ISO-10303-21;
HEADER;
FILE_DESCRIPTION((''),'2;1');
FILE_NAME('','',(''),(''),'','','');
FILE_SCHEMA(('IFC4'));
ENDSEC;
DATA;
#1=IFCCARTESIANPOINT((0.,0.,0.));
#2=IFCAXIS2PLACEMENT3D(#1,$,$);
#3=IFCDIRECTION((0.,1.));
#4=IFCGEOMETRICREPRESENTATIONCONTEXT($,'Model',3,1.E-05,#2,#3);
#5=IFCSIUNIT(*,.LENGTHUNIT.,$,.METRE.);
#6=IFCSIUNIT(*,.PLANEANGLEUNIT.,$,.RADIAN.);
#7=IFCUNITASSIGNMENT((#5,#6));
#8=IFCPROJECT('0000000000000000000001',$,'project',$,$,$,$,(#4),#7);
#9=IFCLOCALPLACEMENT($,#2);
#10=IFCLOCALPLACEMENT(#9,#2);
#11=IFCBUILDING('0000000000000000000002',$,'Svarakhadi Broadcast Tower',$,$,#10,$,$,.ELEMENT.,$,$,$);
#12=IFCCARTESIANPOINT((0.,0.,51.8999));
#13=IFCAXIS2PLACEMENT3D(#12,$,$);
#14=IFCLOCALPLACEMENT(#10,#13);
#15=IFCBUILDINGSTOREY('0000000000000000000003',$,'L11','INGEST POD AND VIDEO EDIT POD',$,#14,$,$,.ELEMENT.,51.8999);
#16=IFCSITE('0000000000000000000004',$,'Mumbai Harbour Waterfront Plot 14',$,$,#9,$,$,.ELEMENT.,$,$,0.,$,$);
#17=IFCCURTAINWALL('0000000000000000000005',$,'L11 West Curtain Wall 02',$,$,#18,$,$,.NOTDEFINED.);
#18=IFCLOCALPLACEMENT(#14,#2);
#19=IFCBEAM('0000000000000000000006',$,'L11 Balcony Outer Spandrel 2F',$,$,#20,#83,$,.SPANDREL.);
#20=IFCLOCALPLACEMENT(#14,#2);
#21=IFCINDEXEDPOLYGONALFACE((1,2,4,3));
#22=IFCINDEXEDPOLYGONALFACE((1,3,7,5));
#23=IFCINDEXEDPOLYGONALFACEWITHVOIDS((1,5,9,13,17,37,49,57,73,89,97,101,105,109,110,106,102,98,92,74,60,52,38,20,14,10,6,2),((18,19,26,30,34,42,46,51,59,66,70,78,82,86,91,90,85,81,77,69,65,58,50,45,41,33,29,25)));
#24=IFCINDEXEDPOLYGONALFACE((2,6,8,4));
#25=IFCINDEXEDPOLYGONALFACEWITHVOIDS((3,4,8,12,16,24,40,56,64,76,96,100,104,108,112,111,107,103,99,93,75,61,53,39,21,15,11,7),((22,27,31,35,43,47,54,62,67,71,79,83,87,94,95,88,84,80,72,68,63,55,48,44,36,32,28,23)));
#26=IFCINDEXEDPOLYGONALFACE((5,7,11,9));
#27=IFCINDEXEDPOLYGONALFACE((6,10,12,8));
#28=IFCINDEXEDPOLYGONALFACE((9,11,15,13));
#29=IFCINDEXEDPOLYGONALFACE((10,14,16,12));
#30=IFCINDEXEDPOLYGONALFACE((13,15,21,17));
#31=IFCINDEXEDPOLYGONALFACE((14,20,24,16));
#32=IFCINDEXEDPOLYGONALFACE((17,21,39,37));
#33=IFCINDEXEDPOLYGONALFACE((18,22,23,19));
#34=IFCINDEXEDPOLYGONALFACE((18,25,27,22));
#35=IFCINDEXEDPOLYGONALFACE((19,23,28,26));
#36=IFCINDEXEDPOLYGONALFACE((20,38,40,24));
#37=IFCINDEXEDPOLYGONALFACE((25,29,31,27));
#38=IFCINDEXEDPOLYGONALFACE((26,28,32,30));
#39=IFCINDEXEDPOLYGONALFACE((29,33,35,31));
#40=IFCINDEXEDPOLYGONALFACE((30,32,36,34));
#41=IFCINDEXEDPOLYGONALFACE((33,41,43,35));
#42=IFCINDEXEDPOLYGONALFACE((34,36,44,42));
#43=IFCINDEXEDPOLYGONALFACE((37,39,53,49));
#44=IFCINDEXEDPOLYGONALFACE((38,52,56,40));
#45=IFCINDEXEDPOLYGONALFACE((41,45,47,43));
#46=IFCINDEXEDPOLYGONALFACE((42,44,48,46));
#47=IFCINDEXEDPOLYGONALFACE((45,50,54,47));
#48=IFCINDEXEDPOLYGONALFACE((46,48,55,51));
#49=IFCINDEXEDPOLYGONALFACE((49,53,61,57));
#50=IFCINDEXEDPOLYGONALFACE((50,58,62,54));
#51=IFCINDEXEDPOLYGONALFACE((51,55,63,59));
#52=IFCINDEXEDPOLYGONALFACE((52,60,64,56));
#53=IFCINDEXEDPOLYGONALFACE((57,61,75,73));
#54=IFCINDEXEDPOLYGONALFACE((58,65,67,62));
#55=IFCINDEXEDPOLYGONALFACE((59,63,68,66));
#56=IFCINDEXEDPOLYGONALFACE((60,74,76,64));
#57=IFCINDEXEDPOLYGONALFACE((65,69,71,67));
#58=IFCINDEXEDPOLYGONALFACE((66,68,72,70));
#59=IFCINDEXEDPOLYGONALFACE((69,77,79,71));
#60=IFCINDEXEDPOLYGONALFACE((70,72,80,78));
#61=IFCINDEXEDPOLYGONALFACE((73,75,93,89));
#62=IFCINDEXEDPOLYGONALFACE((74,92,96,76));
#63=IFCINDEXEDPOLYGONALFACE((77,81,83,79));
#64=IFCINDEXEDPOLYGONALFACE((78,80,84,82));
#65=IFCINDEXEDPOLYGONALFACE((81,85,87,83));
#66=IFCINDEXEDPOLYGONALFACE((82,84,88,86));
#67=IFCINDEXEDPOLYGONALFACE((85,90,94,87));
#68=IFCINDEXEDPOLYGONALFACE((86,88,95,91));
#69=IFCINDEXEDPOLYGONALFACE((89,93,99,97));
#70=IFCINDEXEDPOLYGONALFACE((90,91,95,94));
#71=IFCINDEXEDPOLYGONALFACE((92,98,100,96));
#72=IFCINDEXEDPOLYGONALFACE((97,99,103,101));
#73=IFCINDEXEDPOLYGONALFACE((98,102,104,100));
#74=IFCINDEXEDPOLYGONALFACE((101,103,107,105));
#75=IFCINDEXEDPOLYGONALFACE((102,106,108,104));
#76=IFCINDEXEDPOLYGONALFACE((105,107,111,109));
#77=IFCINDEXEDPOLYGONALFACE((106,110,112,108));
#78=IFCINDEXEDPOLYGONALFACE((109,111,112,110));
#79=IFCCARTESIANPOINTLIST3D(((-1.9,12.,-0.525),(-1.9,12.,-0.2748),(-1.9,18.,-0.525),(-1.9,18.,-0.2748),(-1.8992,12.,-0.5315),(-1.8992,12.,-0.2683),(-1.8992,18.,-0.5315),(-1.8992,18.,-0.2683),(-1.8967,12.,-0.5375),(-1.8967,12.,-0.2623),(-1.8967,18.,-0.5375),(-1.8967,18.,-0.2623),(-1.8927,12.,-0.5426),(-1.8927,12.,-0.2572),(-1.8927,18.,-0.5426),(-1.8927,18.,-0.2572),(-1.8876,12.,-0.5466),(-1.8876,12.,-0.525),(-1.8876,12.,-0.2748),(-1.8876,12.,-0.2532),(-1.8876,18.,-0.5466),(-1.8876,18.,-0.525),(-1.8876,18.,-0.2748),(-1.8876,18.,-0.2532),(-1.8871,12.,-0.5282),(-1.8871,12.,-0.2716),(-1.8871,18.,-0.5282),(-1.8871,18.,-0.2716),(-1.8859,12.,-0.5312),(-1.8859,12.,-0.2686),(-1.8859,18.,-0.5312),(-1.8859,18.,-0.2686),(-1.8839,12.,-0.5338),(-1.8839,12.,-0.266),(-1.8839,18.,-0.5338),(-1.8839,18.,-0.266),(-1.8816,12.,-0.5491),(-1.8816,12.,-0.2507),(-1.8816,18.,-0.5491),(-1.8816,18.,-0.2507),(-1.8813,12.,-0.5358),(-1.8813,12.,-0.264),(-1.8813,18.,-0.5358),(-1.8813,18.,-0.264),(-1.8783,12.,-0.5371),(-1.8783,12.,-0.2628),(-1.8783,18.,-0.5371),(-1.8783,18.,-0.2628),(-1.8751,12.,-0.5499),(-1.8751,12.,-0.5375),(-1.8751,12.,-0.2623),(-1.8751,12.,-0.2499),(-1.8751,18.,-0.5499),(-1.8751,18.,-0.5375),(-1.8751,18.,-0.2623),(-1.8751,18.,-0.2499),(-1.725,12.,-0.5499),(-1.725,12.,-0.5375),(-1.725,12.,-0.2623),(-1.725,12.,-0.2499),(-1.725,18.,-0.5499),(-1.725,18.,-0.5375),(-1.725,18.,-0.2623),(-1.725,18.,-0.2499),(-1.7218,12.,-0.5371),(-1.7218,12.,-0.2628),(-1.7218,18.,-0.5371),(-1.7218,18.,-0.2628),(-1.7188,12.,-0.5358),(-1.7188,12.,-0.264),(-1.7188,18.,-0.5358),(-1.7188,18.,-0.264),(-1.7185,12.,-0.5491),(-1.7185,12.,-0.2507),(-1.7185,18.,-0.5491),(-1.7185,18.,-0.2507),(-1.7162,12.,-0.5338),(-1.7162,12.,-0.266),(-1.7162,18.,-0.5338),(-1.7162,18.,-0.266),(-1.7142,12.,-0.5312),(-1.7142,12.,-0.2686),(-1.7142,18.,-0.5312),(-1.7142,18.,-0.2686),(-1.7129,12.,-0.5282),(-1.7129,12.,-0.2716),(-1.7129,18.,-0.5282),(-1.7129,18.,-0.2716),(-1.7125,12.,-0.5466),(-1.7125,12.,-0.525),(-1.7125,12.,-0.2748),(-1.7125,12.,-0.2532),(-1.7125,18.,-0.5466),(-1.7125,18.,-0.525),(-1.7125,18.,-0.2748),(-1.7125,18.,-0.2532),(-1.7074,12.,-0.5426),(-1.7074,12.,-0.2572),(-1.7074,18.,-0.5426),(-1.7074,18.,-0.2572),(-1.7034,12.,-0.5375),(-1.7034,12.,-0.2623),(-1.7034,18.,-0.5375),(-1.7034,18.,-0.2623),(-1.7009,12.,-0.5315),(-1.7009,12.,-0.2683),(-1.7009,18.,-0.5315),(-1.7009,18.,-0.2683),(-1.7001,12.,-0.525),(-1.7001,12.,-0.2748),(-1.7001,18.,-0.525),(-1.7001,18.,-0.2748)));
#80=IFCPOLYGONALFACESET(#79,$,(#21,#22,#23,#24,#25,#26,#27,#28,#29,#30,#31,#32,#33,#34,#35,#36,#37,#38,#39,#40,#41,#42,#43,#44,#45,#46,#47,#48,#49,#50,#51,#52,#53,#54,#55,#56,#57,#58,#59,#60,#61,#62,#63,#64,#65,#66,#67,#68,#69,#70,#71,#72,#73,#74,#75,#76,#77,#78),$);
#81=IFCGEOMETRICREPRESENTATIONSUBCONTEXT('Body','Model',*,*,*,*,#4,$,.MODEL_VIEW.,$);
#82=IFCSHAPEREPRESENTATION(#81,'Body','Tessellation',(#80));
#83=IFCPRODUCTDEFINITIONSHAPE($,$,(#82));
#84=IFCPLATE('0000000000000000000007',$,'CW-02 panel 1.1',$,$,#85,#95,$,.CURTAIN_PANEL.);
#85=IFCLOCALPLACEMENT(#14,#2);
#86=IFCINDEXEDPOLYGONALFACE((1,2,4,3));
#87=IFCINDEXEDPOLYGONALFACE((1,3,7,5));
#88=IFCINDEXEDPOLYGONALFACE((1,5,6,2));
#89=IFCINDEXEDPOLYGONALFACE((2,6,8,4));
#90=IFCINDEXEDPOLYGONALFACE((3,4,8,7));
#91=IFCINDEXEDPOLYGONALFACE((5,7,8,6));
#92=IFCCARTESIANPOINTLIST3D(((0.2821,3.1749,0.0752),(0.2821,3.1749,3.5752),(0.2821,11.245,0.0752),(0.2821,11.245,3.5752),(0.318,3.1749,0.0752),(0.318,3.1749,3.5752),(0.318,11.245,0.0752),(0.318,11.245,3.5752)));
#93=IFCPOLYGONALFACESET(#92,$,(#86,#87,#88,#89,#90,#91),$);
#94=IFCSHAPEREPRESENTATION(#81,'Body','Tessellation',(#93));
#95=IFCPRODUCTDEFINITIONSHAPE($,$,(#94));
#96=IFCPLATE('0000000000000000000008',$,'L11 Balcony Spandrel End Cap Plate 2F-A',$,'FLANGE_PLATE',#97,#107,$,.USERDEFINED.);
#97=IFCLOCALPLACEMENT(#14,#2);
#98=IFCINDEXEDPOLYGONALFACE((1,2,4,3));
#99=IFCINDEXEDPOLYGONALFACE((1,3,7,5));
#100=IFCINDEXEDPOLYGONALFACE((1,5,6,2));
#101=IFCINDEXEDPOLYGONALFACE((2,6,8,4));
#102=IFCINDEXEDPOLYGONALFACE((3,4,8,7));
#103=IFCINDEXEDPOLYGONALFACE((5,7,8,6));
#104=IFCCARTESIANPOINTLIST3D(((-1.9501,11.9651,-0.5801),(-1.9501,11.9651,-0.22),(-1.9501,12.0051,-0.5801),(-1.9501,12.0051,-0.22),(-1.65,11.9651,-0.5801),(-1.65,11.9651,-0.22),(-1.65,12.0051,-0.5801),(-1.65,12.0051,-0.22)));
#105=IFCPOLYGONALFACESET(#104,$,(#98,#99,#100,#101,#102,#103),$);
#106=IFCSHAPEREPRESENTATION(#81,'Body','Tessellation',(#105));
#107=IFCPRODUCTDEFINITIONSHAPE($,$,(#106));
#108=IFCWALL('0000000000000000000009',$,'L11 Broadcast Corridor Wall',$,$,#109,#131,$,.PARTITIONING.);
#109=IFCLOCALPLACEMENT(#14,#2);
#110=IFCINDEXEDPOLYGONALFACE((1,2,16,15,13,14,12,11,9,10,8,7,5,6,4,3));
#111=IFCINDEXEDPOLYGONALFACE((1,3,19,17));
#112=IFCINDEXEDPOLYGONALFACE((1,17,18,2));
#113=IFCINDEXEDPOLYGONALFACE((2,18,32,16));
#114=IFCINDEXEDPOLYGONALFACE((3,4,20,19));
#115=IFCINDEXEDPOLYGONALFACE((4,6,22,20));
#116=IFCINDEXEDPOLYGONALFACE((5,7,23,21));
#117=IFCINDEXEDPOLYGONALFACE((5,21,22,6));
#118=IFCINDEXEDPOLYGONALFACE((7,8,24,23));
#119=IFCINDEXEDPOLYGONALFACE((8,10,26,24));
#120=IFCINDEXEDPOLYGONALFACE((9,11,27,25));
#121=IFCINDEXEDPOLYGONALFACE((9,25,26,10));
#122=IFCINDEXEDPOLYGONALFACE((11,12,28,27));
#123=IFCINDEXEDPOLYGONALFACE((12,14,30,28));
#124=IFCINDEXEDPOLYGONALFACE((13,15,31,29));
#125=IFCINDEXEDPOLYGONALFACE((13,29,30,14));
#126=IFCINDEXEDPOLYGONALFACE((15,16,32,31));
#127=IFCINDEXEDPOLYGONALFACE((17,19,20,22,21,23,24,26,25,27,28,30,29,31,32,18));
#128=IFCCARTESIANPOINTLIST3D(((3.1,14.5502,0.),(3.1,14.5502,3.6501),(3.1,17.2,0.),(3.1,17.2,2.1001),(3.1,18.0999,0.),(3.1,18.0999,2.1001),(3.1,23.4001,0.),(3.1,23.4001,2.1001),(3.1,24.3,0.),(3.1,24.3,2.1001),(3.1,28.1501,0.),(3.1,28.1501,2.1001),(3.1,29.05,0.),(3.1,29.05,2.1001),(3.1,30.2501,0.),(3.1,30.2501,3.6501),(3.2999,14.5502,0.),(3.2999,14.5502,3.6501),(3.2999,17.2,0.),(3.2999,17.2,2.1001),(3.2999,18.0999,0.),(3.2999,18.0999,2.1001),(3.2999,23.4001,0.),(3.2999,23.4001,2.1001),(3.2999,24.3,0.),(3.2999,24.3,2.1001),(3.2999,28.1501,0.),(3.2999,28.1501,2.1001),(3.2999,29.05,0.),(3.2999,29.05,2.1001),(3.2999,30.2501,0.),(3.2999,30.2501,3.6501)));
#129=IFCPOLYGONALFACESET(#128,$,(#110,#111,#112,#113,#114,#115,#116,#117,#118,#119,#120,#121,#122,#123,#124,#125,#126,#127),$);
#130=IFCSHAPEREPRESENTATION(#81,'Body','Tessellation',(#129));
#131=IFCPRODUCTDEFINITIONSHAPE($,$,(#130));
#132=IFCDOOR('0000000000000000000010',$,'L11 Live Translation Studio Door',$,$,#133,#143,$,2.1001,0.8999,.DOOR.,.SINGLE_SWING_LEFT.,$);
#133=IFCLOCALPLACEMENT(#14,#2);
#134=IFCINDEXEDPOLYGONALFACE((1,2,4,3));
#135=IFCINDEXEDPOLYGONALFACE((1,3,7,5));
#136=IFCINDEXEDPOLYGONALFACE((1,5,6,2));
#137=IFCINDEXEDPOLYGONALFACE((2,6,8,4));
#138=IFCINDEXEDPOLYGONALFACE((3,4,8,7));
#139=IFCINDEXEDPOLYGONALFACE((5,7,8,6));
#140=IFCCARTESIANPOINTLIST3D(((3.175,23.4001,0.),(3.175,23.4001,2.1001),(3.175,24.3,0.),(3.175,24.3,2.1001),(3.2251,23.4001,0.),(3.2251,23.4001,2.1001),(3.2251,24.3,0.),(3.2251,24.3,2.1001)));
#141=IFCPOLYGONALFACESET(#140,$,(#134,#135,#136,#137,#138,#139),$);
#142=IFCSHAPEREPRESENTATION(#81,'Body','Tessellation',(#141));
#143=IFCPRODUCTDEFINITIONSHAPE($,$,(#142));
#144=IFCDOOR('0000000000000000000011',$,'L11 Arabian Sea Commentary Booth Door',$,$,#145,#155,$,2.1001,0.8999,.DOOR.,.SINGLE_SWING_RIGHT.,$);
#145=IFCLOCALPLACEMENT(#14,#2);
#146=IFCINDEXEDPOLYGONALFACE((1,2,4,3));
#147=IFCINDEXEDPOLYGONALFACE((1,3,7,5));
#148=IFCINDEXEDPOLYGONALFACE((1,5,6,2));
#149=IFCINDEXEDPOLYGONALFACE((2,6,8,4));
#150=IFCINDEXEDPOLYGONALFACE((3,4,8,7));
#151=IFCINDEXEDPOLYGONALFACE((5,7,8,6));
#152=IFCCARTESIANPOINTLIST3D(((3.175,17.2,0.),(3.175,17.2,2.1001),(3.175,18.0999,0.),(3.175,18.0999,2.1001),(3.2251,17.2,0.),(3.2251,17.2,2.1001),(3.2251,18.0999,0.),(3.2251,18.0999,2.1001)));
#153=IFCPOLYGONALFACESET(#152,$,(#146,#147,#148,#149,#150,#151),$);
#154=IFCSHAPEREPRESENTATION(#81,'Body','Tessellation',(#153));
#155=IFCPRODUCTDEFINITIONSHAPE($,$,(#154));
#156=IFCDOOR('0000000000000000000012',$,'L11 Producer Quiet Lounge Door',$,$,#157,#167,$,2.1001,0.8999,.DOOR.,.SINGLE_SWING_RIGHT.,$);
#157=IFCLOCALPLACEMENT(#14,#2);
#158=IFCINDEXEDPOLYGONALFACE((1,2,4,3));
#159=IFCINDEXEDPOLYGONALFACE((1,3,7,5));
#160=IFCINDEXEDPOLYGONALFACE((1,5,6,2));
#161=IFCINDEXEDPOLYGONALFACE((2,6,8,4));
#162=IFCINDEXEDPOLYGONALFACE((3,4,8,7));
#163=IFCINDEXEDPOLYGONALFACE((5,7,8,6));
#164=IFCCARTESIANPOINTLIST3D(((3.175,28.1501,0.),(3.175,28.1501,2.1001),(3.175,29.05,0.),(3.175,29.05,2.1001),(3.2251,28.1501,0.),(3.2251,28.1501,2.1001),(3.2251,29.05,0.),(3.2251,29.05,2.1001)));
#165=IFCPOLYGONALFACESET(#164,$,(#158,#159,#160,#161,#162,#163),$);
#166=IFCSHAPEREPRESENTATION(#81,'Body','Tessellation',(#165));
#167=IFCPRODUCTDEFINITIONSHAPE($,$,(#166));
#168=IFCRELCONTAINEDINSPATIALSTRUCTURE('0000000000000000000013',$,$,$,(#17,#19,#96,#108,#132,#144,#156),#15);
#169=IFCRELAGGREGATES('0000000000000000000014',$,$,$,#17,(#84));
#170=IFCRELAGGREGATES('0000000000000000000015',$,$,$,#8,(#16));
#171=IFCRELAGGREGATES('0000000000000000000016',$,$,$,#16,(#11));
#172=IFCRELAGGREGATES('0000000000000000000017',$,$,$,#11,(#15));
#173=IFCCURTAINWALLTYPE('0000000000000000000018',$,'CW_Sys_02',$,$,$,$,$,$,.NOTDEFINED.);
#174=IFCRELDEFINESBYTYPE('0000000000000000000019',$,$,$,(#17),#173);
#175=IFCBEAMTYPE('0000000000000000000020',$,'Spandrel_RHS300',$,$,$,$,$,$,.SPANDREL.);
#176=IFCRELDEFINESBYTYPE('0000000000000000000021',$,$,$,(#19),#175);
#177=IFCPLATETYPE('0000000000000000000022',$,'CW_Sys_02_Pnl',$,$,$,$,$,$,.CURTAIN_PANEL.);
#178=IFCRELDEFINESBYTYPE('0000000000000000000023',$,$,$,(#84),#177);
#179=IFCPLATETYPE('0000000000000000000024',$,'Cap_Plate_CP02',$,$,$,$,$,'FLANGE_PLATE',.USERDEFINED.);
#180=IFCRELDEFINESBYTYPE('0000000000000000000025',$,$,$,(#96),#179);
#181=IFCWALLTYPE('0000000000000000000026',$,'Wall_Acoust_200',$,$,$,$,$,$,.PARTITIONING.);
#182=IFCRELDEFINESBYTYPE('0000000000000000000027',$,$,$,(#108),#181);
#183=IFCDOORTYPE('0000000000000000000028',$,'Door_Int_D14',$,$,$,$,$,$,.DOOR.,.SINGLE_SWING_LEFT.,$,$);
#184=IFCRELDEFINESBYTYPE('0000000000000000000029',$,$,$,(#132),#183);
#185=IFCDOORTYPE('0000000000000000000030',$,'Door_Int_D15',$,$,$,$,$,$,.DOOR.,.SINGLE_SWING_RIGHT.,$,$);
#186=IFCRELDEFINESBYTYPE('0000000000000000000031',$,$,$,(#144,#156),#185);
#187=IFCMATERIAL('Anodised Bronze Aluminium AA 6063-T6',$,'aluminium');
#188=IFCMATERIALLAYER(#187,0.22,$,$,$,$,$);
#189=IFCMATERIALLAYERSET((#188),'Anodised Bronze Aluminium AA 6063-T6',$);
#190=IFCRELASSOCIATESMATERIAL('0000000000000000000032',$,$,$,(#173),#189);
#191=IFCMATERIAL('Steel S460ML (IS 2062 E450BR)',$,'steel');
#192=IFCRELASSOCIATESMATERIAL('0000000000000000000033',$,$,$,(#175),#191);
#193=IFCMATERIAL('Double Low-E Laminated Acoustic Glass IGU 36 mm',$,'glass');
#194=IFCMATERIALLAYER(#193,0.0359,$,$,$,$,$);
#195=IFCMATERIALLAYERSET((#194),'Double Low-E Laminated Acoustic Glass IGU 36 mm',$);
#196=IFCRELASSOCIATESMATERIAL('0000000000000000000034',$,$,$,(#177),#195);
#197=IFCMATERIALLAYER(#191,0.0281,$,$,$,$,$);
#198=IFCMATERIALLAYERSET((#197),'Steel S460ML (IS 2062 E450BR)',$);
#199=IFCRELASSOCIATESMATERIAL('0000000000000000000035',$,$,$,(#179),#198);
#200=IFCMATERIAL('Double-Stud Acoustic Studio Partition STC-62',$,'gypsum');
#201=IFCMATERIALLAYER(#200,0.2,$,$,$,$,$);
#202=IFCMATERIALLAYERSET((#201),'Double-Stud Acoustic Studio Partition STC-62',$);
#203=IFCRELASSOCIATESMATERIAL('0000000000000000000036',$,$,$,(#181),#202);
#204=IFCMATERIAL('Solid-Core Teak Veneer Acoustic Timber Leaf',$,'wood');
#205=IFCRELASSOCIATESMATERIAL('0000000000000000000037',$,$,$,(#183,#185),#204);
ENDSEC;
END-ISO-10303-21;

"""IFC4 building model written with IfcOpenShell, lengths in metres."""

from ifc_helpers import new_model, si_unit, direction, frame, frame_2d, origin, origin_2d, place, context, subcontext, project, spatial, rectangle, hollow_rectangle, extrude, material, layer, layer_set, material_profile, profile_set, type_object, element, fill, aggregate, save


model = new_model("IFC4")

# Units and contexts
model_context = context("Model", 3, precision=1e-05, world=origin(), true_north=direction((0.0, 1.0)))
body_context = subcontext(model_context, "Body", "Model", "MODEL_VIEW")
ifc_project = project(units=[si_unit("LENGTHUNIT", "METRE"), si_unit("PLANEANGLEUNIT", "RADIAN")], contexts=[model_context])

# Site, building, storey
site_placement = place(None, origin())
site = spatial("IfcSite", under=ifc_project, at=site_placement, Name="Mumbai Harbour Waterfront Plot 14", CompositionType="ELEMENT", RefElevation=0.0)
building_placement = place(site_placement, origin())
building = spatial("IfcBuilding", under=site, at=building_placement, Name="Svarakhadi Broadcast Tower", CompositionType="ELEMENT")
storey_placement = place(building_placement, frame((0.0, 0.0, 51.8999)))
storey = spatial("IfcBuildingStorey", under=building, at=storey_placement, Name="L11", Description="INGEST POD AND VIDEO EDIT POD", CompositionType="ELEMENT", Elevation=51.8999)

# Shared definitions
ifc_material_1 = material(Name="Steel S460ML (IS 2062 E450BR)", Category="steel")

# Curtain wall
ifc_material_2 = material(Name="Anodised Bronze Aluminium AA 6063-T6", Category="aluminium")
ifc_layer_1 = layer(ifc_material_2, 0.22)
ifc_layer_set_1 = layer_set([ifc_layer_1], Name="Anodised Bronze Aluminium AA 6063-T6")
curtain_wall_type = type_object("IfcCurtainWallType", Name="CW_Sys_02", PredefinedType="NOTDEFINED", material=ifc_layer_set_1)
curtain_wall_placement = place(storey_placement, origin())
curtain_wall = element("IfcCurtainWall", 1, at=curtain_wall_placement, inside=storey, type_object=curtain_wall_type, Name="L11 West Curtain Wall 02", PredefinedType="NOTDEFINED")

# Beam
ifc_material_profile_1 = material_profile(ifc_material_1, hollow_rectangle(XDim=0.2, YDim=0.3, WallThickness=0.0125, InnerFilletRadius=0.0125, OuterFilletRadius=0.0249, at=origin_2d()), Name="RHS 300x200x12.5")
ifc_profile_set_1 = profile_set([ifc_material_profile_1], Name="Steel S460ML (IS 2062 E450BR)")
beam_type_1 = type_object("IfcBeamType", Name="Spandrel_RHS300", PredefinedType="SPANDREL", material=ifc_profile_set_1)
beam_1_placement = place(storey_placement, frame((-1.8, 12.0, -0.3999), z_axis=(0.0, 1.0, 0.0), x_axis=(-1.0, 0.0, 0.0)))
element("IfcBeam", 2, at=beam_1_placement, inside=storey, type_object=beam_type_1, Name="L11 Balcony Outer Spandrel 2F", PredefinedType="SPANDREL", context=body_context, shape_type="SweptSolid", body=[
    extrude(hollow_rectangle(XDim=0.2, YDim=0.3, WallThickness=0.0125, InnerFilletRadius=0.0125, OuterFilletRadius=0.0249, at=origin_2d()), origin(), (0.0, 0.0, 1.0), 6.0),
])

# Plates
ifc_material_3 = material(Name="Double Low-E Laminated Acoustic Glass IGU 36 mm", Category="glass")
ifc_layer_2 = layer(ifc_material_3, 0.0359)
ifc_layer_set_2 = layer_set([ifc_layer_2], Name="Double Low-E Laminated Acoustic Glass IGU 36 mm")
plate_type_1 = type_object("IfcPlateType", Name="CW_Sys_02_Pnl", PredefinedType="CURTAIN_PANEL", material=ifc_layer_set_2)
plate_1_placement = place(storey_placement, frame((0.3, 7.21, 0.0752), z_axis=(0.0, 0.0, 1.0), x_axis=(0.0, 1.0, 0.0)))
plate_1 = element("IfcPlate", 3, at=plate_1_placement, type_object=plate_type_1, Name="CW-02 panel 1.1", PredefinedType="CURTAIN_PANEL", context=body_context, shape_type="SweptSolid", body=[
    extrude(rectangle(XDim=8.0701, YDim=0.0359, at=origin_2d()), origin(), (0.0, 0.0, 1.0), 3.5),
])
aggregate(curtain_wall, [plate_1])
ifc_layer_3 = layer(ifc_material_1, 0.0281)
ifc_layer_set_3 = layer_set([ifc_layer_3], Name="Steel S460ML (IS 2062 E450BR)")
plate_type_2 = type_object("IfcPlateType", Name="Cap_Plate_CP02", ElementType="FLANGE_PLATE", PredefinedType="USERDEFINED", material=ifc_layer_set_3)
plate_2_placement = place(storey_placement, frame((-1.8, 11.9851, -0.5801), z_axis=(0.0, 0.0, 1.0), x_axis=(1.0, 0.0, 0.0)))
element("IfcPlate", 4, at=plate_2_placement, inside=storey, type_object=plate_type_2, Name="L11 Balcony Spandrel End Cap Plate 2F-A", ObjectType="FLANGE_PLATE", PredefinedType="USERDEFINED", context=body_context, shape_type="SweptSolid", body=[
    extrude(rectangle(XDim=0.3, YDim=0.04, at=origin_2d()), origin(), (0.0, 0.0, 1.0), 0.3601),
])

# Wall, openings, doors
ifc_material_4 = material(Name="Double-Stud Acoustic Studio Partition STC-62", Category="gypsum")
ifc_layer_4 = layer(ifc_material_4, 0.2)
ifc_layer_set_4 = layer_set([ifc_layer_4], Name="Double-Stud Acoustic Studio Partition STC-62")
wall_type_1 = type_object("IfcWallType", Name="Wall_Acoust_200", PredefinedType="PARTITIONING", material=ifc_layer_set_4)
wall_1_placement = place(storey_placement, frame((3.2, 14.55, 0.0), z_axis=(0.0, 0.0, 1.0), x_axis=(0.0, 1.0, 0.0)))
wall_1 = element("IfcWall", 5, at=wall_1_placement, inside=storey, type_object=wall_type_1, Name="L11 Broadcast Corridor Wall", PredefinedType="PARTITIONING", context=body_context, shape_type="SweptSolid", body=[
    extrude(rectangle(XDim=15.7, YDim=0.2, at=frame_2d((7.8501, 0.0))), origin(), (0.0, 0.0, 1.0), 3.6501),
])
opening_1_placement = place(wall_1_placement, frame((2.6499, 0.0, 0.0)))
opening_1 = element("IfcOpeningElement", 6, at=opening_1_placement, cuts=wall_1, PredefinedType="OPENING", context=body_context, shape_type="SweptSolid", body=[
    extrude(rectangle(XDim=0.8999, YDim=2.1001, at=frame_2d((0.45, 1.05))), frame((0.0, 0.1099, 0.0), z_axis=(0.0, -1.0, 0.0), x_axis=(1.0, 0.0, 0.0)), (0.0, 0.0, 1.0), 0.22),
])
opening_2_placement = place(wall_1_placement, frame((8.8501, 0.0, 0.0)))
opening_2 = element("IfcOpeningElement", 7, at=opening_2_placement, cuts=wall_1, PredefinedType="OPENING", context=body_context, shape_type="SweptSolid", body=[
    extrude(rectangle(XDim=0.8999, YDim=2.1001, at=frame_2d((0.45, 1.05))), frame((0.0, 0.1099, 0.0), z_axis=(0.0, -1.0, 0.0), x_axis=(1.0, 0.0, 0.0)), (0.0, 0.0, 1.0), 0.22),
])
opening_3_placement = place(wall_1_placement, frame((13.6001, 0.0, 0.0)))
opening_3 = element("IfcOpeningElement", 8, at=opening_3_placement, cuts=wall_1, PredefinedType="OPENING", context=body_context, shape_type="SweptSolid", body=[
    extrude(rectangle(XDim=0.8999, YDim=2.1001, at=frame_2d((0.45, 1.05))), frame((0.0, 0.1099, 0.0), z_axis=(0.0, -1.0, 0.0), x_axis=(1.0, 0.0, 0.0)), (0.0, 0.0, 1.0), 0.22),
])
ifc_material_5 = material(Name="Solid-Core Teak Veneer Acoustic Timber Leaf", Category="wood")
door_type_1 = type_object("IfcDoorType", Name="Door_Int_D14", OperationType="SINGLE_SWING_LEFT", PredefinedType="DOOR", material=ifc_material_5)
door_1_placement = place(opening_2_placement, origin())
door_1 = element("IfcDoor", 9, at=door_1_placement, inside=storey, type_object=door_type_1, Name="L11 Live Translation Studio Door", OperationType="SINGLE_SWING_LEFT", OverallHeight=2.1001, OverallWidth=0.8999, PredefinedType="DOOR", context=body_context, shape_type="SweptSolid", body=[
    extrude(rectangle(XDim=0.8999, YDim=2.1001, at=frame_2d((0.45, 1.05))), frame((0.0, 0.0249, 0.0), z_axis=(0.0, -1.0, 0.0), x_axis=(1.0, 0.0, 0.0)), (0.0, 0.0, 1.0), 0.05),
])
fill(opening_2, door_1)
door_type_2 = type_object("IfcDoorType", Name="Door_Int_D15", OperationType="SINGLE_SWING_RIGHT", PredefinedType="DOOR", material=ifc_material_5)
door_2_placement = place(opening_1_placement, origin())
door_2 = element("IfcDoor", 10, at=door_2_placement, inside=storey, type_object=door_type_2, Name="L11 Arabian Sea Commentary Booth Door", OperationType="SINGLE_SWING_RIGHT", OverallHeight=2.1001, OverallWidth=0.8999, PredefinedType="DOOR", context=body_context, shape_type="SweptSolid", body=[
    extrude(rectangle(XDim=0.8999, YDim=2.1001, at=frame_2d((0.45, 1.05))), frame((0.0, 0.0249, 0.0), z_axis=(0.0, -1.0, 0.0), x_axis=(1.0, 0.0, 0.0)), (0.0, 0.0, 1.0), 0.05),
])
fill(opening_1, door_2)
door_3_placement = place(opening_3_placement, origin())
door_3 = element("IfcDoor", 11, at=door_3_placement, inside=storey, type_object=door_type_2, Name="L11 Producer Quiet Lounge Door", OperationType="SINGLE_SWING_RIGHT", OverallHeight=2.1001, OverallWidth=0.8999, PredefinedType="DOOR", context=body_context, shape_type="SweptSolid", body=[
    extrude(rectangle(XDim=0.8999, YDim=2.1001, at=frame_2d((0.45, 1.05))), frame((0.0, 0.0249, 0.0), z_axis=(0.0, -1.0, 0.0), x_axis=(1.0, 0.0, 0.0)), (0.0, 0.0, 1.0), 0.05),
])
fill(opening_3, door_3)

save(model, "model.ifc")
